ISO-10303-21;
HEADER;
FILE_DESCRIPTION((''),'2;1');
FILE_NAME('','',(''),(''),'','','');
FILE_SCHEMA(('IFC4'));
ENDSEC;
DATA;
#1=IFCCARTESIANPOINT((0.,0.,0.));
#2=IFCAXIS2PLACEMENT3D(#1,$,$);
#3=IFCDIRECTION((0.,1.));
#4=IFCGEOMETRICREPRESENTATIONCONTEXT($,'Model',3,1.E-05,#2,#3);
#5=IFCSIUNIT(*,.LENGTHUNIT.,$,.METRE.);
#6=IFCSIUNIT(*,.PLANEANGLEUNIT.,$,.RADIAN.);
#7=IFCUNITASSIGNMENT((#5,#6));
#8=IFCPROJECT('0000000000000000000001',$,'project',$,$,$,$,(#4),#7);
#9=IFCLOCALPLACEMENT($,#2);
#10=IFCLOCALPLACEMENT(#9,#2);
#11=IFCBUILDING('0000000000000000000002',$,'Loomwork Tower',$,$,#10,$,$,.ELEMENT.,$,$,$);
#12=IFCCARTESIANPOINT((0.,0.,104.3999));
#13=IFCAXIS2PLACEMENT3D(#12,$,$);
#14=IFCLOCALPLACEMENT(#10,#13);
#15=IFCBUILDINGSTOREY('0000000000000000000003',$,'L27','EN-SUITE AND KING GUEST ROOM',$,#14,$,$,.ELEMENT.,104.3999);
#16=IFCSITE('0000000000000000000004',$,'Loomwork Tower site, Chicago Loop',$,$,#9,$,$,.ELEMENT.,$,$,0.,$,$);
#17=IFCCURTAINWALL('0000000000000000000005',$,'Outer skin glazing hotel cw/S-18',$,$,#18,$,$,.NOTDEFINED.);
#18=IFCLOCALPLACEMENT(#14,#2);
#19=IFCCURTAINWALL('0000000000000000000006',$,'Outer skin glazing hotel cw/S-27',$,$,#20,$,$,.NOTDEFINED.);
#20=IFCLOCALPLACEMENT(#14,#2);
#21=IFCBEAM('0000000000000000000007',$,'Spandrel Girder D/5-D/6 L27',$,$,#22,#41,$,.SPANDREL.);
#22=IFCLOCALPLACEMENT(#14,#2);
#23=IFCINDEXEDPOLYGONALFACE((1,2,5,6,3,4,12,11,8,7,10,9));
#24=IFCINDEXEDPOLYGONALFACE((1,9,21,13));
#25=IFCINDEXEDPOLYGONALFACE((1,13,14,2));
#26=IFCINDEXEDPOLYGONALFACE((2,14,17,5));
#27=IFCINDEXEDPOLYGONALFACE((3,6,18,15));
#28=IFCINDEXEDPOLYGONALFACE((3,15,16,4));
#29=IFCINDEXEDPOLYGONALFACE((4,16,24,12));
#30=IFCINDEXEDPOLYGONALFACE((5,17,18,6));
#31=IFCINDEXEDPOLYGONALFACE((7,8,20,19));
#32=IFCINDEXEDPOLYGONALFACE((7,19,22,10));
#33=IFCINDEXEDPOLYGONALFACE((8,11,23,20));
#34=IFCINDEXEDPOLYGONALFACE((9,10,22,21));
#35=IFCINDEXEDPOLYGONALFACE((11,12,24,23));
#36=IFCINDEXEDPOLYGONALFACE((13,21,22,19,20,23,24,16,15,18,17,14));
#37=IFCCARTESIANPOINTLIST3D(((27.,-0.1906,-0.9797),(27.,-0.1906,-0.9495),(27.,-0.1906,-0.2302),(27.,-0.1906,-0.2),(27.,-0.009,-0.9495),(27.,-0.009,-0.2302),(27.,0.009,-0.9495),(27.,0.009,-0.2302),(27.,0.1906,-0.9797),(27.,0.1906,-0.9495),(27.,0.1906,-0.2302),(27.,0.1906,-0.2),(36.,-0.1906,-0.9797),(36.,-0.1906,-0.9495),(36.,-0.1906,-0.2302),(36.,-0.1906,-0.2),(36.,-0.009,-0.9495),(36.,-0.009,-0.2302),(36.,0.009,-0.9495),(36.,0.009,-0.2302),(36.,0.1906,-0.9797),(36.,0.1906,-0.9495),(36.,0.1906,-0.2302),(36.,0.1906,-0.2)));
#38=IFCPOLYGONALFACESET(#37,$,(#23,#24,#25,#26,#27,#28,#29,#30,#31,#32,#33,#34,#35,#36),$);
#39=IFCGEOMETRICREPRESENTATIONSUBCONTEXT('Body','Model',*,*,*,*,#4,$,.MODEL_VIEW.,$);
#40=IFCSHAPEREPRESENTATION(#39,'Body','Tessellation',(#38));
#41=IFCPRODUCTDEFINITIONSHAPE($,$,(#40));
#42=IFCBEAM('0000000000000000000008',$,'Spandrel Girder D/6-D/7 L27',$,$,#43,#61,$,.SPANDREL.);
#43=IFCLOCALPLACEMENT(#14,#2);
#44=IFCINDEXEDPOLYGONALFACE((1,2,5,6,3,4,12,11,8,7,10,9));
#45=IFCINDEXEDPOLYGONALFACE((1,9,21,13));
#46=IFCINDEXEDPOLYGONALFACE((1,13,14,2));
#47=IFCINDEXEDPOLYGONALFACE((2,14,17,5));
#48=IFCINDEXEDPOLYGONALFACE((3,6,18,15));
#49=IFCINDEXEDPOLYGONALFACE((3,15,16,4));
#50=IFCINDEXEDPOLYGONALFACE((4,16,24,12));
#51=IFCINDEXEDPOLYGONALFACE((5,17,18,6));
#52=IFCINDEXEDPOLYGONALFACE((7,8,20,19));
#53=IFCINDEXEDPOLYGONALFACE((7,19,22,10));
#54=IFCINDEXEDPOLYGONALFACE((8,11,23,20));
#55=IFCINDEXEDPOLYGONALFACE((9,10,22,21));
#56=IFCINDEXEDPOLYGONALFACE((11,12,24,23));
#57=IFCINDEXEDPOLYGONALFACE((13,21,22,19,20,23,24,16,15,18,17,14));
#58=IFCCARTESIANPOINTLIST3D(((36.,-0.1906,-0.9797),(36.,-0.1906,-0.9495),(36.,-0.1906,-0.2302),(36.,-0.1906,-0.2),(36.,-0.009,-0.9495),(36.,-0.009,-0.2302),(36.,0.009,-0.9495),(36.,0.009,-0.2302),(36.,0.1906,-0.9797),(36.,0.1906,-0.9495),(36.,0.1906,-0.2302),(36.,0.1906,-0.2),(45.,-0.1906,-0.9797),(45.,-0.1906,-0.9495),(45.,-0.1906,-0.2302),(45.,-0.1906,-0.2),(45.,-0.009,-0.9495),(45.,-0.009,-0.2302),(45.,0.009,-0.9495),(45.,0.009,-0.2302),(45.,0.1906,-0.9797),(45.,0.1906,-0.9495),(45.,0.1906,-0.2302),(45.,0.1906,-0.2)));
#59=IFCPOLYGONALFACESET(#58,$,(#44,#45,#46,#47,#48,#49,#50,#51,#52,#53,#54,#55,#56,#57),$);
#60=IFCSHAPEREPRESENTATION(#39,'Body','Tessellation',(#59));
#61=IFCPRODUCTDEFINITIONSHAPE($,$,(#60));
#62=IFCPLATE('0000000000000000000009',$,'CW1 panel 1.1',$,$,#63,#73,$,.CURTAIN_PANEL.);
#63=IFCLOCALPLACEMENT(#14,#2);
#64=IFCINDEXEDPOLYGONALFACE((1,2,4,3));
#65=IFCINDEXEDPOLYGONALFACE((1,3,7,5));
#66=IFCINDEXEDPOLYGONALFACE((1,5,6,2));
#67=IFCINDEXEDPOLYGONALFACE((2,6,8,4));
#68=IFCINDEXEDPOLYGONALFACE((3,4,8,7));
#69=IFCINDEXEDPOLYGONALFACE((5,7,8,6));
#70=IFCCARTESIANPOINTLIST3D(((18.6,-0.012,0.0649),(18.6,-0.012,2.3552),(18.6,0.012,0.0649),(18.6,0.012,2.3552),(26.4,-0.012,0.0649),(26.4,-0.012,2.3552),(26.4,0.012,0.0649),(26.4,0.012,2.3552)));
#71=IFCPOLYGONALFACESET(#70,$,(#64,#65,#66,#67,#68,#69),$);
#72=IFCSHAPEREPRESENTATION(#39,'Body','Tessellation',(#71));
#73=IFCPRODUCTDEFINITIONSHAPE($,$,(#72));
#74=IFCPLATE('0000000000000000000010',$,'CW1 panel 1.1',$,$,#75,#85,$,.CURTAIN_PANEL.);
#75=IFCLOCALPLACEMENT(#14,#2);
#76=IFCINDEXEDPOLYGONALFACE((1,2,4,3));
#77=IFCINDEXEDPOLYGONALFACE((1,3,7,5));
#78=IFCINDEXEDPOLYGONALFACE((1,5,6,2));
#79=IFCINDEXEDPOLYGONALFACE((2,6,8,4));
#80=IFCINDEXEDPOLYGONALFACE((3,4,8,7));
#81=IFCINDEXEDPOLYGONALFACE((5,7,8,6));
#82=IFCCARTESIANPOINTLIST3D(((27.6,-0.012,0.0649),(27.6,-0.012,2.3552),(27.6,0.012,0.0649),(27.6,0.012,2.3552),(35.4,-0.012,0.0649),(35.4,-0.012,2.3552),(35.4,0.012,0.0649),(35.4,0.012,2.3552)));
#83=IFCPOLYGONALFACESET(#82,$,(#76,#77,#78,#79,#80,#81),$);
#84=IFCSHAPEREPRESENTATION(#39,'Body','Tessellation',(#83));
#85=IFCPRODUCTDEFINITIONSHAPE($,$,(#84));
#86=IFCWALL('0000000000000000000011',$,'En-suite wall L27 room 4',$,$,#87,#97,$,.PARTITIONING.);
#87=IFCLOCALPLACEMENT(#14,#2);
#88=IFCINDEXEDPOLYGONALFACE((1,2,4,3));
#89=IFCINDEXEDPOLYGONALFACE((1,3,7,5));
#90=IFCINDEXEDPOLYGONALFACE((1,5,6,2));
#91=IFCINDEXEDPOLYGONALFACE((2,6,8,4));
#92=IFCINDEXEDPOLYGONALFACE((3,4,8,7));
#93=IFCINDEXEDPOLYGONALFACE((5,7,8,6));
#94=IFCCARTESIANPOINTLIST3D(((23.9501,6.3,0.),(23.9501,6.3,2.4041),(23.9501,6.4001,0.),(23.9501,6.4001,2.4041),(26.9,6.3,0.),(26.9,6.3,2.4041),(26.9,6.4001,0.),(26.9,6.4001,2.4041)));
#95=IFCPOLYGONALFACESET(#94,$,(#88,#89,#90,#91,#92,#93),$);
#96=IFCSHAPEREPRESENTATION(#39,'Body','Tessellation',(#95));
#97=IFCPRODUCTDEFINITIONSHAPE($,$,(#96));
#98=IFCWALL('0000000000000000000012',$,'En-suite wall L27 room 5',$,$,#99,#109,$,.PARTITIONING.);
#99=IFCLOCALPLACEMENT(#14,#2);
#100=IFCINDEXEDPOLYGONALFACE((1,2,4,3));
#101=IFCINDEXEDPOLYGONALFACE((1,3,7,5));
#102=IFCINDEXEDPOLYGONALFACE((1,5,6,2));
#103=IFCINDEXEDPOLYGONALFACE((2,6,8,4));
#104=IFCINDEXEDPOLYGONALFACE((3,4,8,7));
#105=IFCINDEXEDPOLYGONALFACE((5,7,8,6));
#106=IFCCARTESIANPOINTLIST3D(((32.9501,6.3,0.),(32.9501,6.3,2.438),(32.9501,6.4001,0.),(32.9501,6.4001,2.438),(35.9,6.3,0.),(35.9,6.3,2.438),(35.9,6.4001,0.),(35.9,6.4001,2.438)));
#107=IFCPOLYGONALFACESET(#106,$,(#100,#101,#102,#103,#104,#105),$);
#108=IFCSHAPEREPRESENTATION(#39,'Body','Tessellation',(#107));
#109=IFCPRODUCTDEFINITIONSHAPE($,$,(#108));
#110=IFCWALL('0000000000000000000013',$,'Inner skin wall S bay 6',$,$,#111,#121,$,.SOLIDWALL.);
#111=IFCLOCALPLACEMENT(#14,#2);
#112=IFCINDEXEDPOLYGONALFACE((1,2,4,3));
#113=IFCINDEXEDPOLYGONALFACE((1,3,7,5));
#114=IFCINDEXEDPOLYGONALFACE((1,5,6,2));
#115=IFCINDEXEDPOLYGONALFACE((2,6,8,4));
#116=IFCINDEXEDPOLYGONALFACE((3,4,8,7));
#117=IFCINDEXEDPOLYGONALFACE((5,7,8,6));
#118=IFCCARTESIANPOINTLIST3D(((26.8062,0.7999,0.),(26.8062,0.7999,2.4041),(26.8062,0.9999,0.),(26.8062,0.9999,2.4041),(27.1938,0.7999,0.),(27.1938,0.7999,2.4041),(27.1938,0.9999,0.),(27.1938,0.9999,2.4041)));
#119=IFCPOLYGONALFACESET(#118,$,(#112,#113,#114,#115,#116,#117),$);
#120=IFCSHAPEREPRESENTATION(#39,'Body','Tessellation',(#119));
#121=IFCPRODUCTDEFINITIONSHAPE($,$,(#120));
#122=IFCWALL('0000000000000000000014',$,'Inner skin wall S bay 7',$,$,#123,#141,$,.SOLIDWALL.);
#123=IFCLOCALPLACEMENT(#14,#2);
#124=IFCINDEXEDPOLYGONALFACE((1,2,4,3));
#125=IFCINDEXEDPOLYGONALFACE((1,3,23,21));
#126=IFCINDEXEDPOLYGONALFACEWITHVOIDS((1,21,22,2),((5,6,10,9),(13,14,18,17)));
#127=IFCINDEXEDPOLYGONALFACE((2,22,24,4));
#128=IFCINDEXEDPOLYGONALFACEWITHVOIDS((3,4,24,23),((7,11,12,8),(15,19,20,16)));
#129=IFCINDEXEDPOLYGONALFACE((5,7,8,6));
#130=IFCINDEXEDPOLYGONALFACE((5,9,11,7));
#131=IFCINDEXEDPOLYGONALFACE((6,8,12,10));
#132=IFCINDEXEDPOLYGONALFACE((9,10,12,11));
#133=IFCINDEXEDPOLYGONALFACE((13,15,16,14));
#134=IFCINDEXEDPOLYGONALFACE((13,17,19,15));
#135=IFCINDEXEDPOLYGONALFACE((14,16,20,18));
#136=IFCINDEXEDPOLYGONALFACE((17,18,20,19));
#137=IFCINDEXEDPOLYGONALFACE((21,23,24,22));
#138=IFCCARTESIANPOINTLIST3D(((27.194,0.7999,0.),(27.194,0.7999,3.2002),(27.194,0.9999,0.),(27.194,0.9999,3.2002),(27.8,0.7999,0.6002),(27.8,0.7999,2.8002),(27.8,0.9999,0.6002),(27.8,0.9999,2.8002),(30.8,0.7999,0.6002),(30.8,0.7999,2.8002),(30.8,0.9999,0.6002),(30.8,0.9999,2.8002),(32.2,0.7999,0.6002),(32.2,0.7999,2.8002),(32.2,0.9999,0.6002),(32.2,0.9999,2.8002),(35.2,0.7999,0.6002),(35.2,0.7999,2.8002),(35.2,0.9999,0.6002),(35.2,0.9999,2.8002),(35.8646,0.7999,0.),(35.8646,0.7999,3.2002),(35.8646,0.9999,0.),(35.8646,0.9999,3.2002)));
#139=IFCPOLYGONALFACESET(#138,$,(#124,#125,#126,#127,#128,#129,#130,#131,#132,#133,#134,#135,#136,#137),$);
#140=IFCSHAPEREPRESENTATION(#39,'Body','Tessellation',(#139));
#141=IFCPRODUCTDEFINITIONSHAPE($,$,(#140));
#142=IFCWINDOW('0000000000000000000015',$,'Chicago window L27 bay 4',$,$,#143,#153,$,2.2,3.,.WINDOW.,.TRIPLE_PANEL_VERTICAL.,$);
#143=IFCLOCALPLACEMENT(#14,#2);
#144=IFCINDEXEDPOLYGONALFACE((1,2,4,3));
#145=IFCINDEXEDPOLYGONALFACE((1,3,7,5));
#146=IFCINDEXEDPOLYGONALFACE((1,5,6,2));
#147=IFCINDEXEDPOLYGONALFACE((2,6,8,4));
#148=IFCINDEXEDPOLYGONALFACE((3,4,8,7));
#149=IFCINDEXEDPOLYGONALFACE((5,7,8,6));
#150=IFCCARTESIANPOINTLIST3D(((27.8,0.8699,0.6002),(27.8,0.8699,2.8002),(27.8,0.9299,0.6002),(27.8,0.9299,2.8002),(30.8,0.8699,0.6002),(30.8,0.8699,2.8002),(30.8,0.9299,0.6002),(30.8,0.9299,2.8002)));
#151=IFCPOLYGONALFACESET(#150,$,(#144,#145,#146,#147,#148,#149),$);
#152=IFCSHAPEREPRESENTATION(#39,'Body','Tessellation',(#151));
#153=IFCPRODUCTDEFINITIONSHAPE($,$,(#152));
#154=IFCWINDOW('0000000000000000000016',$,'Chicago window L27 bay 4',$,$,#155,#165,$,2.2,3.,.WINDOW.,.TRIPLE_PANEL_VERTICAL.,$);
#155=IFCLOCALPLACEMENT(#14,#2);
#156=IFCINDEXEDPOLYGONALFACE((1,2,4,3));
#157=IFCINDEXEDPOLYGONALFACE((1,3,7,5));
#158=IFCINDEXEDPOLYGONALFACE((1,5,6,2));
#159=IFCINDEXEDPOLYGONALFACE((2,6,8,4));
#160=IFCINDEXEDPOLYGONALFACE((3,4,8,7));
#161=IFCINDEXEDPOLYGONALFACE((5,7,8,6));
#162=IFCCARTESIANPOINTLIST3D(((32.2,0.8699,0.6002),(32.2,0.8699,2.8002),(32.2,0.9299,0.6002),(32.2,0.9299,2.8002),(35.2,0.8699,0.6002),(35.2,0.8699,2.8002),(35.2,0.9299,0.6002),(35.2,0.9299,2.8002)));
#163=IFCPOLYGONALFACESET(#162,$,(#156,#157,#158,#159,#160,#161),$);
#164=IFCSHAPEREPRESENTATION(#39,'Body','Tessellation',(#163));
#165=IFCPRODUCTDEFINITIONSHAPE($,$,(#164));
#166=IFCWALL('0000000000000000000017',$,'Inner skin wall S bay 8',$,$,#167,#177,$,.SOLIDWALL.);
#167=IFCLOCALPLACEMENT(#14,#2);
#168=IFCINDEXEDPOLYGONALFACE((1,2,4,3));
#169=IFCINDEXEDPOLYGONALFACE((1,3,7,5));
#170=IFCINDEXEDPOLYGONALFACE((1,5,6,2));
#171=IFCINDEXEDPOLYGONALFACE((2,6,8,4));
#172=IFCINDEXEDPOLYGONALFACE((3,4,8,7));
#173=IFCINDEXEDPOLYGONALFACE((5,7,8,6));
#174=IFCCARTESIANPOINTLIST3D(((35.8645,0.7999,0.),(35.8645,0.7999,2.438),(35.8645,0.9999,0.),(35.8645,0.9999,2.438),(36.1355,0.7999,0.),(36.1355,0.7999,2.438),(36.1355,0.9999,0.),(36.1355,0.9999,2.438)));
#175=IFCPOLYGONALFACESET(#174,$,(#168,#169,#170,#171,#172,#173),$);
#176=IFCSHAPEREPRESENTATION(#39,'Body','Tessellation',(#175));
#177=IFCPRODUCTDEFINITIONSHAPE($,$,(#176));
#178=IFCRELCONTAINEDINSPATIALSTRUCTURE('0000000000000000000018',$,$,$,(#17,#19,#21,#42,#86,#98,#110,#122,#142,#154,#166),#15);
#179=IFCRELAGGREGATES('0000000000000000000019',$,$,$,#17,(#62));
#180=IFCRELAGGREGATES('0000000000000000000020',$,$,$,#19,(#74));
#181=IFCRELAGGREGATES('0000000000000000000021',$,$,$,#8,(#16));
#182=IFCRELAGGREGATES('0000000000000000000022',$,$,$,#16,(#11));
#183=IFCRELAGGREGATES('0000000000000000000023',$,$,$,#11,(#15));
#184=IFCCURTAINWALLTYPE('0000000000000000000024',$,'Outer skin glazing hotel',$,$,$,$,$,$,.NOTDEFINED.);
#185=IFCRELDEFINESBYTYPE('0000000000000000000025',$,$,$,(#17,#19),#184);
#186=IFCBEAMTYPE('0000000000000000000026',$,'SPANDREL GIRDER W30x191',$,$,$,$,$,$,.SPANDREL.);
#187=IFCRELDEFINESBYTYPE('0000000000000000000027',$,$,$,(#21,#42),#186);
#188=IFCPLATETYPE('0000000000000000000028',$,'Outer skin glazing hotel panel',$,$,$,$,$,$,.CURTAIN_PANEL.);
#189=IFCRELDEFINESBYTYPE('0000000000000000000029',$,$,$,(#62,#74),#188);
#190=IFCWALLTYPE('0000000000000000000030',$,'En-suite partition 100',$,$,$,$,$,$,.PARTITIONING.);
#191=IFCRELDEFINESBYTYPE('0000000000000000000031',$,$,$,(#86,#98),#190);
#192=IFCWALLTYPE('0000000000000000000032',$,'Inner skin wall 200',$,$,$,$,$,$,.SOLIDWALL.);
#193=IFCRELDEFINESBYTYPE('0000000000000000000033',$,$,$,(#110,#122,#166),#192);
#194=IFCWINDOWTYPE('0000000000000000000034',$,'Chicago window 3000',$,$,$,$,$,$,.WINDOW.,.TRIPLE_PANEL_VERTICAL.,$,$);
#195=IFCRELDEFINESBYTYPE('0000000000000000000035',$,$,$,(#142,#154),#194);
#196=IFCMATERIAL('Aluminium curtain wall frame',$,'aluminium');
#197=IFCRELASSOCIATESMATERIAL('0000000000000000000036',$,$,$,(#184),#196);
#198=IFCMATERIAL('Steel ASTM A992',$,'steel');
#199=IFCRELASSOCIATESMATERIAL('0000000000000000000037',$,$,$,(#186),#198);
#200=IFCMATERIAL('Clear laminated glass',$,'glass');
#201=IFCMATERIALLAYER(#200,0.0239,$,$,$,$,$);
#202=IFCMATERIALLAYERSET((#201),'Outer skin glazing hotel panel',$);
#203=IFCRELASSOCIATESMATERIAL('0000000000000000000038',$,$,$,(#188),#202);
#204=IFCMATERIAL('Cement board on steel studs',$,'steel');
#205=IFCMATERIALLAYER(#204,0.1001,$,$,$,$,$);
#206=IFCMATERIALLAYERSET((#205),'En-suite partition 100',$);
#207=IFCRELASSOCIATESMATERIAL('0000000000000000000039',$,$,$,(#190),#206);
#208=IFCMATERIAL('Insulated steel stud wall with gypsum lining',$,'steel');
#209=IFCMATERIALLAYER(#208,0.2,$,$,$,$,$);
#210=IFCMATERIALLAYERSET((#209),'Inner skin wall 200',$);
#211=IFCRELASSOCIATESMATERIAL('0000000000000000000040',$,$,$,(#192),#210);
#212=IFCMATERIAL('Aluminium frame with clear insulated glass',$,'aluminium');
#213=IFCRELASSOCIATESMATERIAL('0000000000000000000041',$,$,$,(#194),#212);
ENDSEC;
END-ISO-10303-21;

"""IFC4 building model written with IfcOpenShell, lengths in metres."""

from ifc_helpers import new_model, si_unit, direction, frame, frame_2d, origin, origin_2d, place, context, subcontext, project, spatial, rectangle, i_section, extrude, material, layer, layer_set, material_profile, profile_set, type_object, element, fill, aggregate, save


model = new_model("IFC4")

# Units and contexts
model_context = context("Model", 3, precision=1e-05, world=origin(), true_north=direction((0.0, 1.0)))
body_context = subcontext(model_context, "Body", "Model", "MODEL_VIEW")
ifc_project = project(units=[si_unit("LENGTHUNIT", "METRE"), si_unit("PLANEANGLEUNIT", "RADIAN")], contexts=[model_context])

# Site, building, storey
site_placement = place(None, origin())
site = spatial("IfcSite", under=ifc_project, at=site_placement, Name="Loomwork Tower site, Chicago Loop", CompositionType="ELEMENT", RefElevation=0.0)
building_placement = place(site_placement, origin())
building = spatial("IfcBuilding", under=site, at=building_placement, Name="Loomwork Tower", CompositionType="ELEMENT")
storey_placement = place(building_placement, frame((0.0, 0.0, 104.3999)))
storey = spatial("IfcBuildingStorey", under=building, at=storey_placement, Name="L27", Description="EN-SUITE AND KING GUEST ROOM", CompositionType="ELEMENT", Elevation=104.3999)

# Curtain wall
ifc_material_1 = material(Name="Aluminium curtain wall frame", Category="aluminium")
curtain_wall_type = type_object("IfcCurtainWallType", Name="Outer skin glazing hotel", PredefinedType="NOTDEFINED", material=ifc_material_1)
curtain_wall_1_placement = place(storey_placement, origin())
curtain_wall_1 = element("IfcCurtainWall", 1, at=curtain_wall_1_placement, inside=storey, type_object=curtain_wall_type, Name="Outer skin glazing hotel cw/S-18", PredefinedType="NOTDEFINED")

# Curtain wall
curtain_wall_2_placement = place(storey_placement, origin())
curtain_wall_2 = element("IfcCurtainWall", 2, at=curtain_wall_2_placement, inside=storey, type_object=curtain_wall_type, Name="Outer skin glazing hotel cw/S-27", PredefinedType="NOTDEFINED")

# Beams
ifc_material_2 = material(Name="Steel ASTM A992", Category="steel")
ifc_material_profile_1 = material_profile(ifc_material_2, i_section(OverallWidth=0.3811, OverallDepth=0.7798, WebThickness=0.0181, FlangeThickness=0.0303, at=origin_2d()), Name="W30x191")
ifc_profile_set_1 = profile_set([ifc_material_profile_1], Name="Steel ASTM A992")
beam_type_1 = type_object("IfcBeamType", Name="SPANDREL GIRDER W30x191", PredefinedType="SPANDREL", material=ifc_profile_set_1)
for number, where, z_axis, x_axis, name in (
    (3, (27.0, 0.0, -0.5898), (1.0, 0.0, 0.0), (0.0, 1.0, 0.0), "Spandrel Girder D/5-D/6 L27"),
    (4, (36.0, 0.0, -0.5898), (1.0, 0.0, 0.0), (0.0, 1.0, 0.0), "Spandrel Girder D/6-D/7 L27"),
):
    element("IfcBeam", number, at=place(storey_placement, frame(where, z_axis=z_axis, x_axis=x_axis)), inside=storey, type_object=beam_type_1, Name=name, PredefinedType="SPANDREL", context=body_context, shape_type="SweptSolid", body=[
        extrude(i_section(OverallWidth=0.3811, OverallDepth=0.7798, WebThickness=0.0181, FlangeThickness=0.0303, at=origin_2d()), origin(), (0.0, 0.0, 1.0), 9.0),
    ])

# Plates
ifc_material_3 = material(Name="Clear laminated glass", Category="glass")
ifc_layer_1 = layer(ifc_material_3, 0.0239)
ifc_layer_set_1 = layer_set([ifc_layer_1], Name="Outer skin glazing hotel panel")
plate_type = type_object("IfcPlateType", Name="Outer skin glazing hotel panel", PredefinedType="CURTAIN_PANEL", material=ifc_layer_set_1)
plate_1_placement = place(storey_placement, frame((22.5, 0.0, 0.0649), z_axis=(0.0, 0.0, 1.0), x_axis=(1.0, 0.0, 0.0)))
plate_1 = element("IfcPlate", 5, at=plate_1_placement, type_object=plate_type, Name="CW1 panel 1.1", PredefinedType="CURTAIN_PANEL", context=body_context, shape_type="SweptSolid", body=[
    extrude(rectangle(XDim=7.8, YDim=0.0239, at=origin_2d()), origin(), (0.0, 0.0, 1.0), 2.2903),
])
aggregate(curtain_wall_1, [plate_1])
plate_2_placement = place(storey_placement, frame((31.5, 0.0, 0.0649), z_axis=(0.0, 0.0, 1.0), x_axis=(1.0, 0.0, 0.0)))
plate_2 = element("IfcPlate", 6, at=plate_2_placement, type_object=plate_type, Name="CW1 panel 1.1", PredefinedType="CURTAIN_PANEL", context=body_context, shape_type="SweptSolid", body=[
    extrude(rectangle(XDim=7.8, YDim=0.0239, at=origin_2d()), origin(), (0.0, 0.0, 1.0), 2.2903),
])
aggregate(curtain_wall_2, [plate_2])

# Walls
ifc_material_4 = material(Name="Cement board on steel studs", Category="steel")
ifc_layer_2 = layer(ifc_material_4, 0.1001)
ifc_layer_set_2 = layer_set([ifc_layer_2], Name="En-suite partition 100")
wall_type_1 = type_object("IfcWallType", Name="En-suite partition 100", PredefinedType="PARTITIONING", material=ifc_layer_set_2)
wall_1_placement = place(storey_placement, frame((23.95, 6.3501, 0.0), z_axis=(0.0, 0.0, 1.0), x_axis=(1.0, 0.0, 0.0)))
element("IfcWall", 7, at=wall_1_placement, inside=storey, type_object=wall_type_1, Name="En-suite wall L27 room 4", PredefinedType="PARTITIONING", context=body_context, shape_type="SweptSolid", body=[
    extrude(rectangle(XDim=2.95, YDim=0.1001, at=frame_2d((1.4751, 0.0))), origin(), (0.0, 0.0, 1.0), 2.4041),
])
wall_2_placement = place(storey_placement, frame((32.95, 6.3501, 0.0), z_axis=(0.0, 0.0, 1.0), x_axis=(1.0, 0.0, 0.0)))
element("IfcWall", 8, at=wall_2_placement, inside=storey, type_object=wall_type_1, Name="En-suite wall L27 room 5", PredefinedType="PARTITIONING", context=body_context, shape_type="SweptSolid", body=[
    extrude(rectangle(XDim=2.95, YDim=0.1001, at=frame_2d((1.4751, 0.0))), origin(), (0.0, 0.0, 1.0), 2.438),
])
ifc_material_5 = material(Name="Insulated steel stud wall with gypsum lining", Category="steel")
ifc_layer_3 = layer(ifc_material_5, 0.2)
ifc_layer_set_3 = layer_set([ifc_layer_3], Name="Inner skin wall 200")
wall_type_2 = type_object("IfcWallType", Name="Inner skin wall 200", PredefinedType="SOLIDWALL", material=ifc_layer_set_3)
wall_3_placement = place(storey_placement, frame((26.8062, 0.8999, 0.0), z_axis=(0.0, 0.0, 1.0), x_axis=(1.0, 0.0, 0.0)))
element("IfcWall", 9, at=wall_3_placement, inside=storey, type_object=wall_type_2, Name="Inner skin wall S bay 6", PredefinedType="SOLIDWALL", context=body_context, shape_type="SweptSolid", body=[
    extrude(rectangle(XDim=0.3877, YDim=0.2, at=frame_2d((0.1938, 0.0))), origin(), (0.0, 0.0, 1.0), 2.4041),
])

# Wall, openings, windows
wall_4_placement = place(storey_placement, frame((27.1938, 0.8999, 0.0), z_axis=(0.0, 0.0, 1.0), x_axis=(1.0, 0.0, 0.0)))
wall_4 = element("IfcWall", 10, at=wall_4_placement, inside=storey, type_object=wall_type_2, Name="Inner skin wall S bay 7", PredefinedType="SOLIDWALL", context=body_context, shape_type="SweptSolid", body=[
    extrude(rectangle(XDim=8.6707, YDim=0.2, at=frame_2d((4.3354, 0.0))), origin(), (0.0, 0.0, 1.0), 3.2002),
])
opening_1_placement = place(wall_4_placement, frame((0.6062, 0.0, 0.6001)))
opening_1 = element("IfcOpeningElement", 11, at=opening_1_placement, cuts=wall_4, PredefinedType="OPENING", context=body_context, shape_type="SweptSolid", body=[
    extrude(rectangle(XDim=3.0, YDim=2.2, at=frame_2d((1.5, 1.1001))), frame((0.0, 0.1099, 0.0), z_axis=(0.0, -1.0, 0.0), x_axis=(1.0, 0.0, 0.0)), (0.0, 0.0, 1.0), 0.22),
])
opening_2_placement = place(wall_4_placement, frame((5.0061, 0.0, 0.6001)))
opening_2 = element("IfcOpeningElement", 12, at=opening_2_placement, cuts=wall_4, PredefinedType="OPENING", context=body_context, shape_type="SweptSolid", body=[
    extrude(rectangle(XDim=3.0, YDim=2.2, at=frame_2d((1.5, 1.1001))), frame((0.0, 0.1099, 0.0), z_axis=(0.0, -1.0, 0.0), x_axis=(1.0, 0.0, 0.0)), (0.0, 0.0, 1.0), 0.22),
])
ifc_material_6 = material(Name="Aluminium frame with clear insulated glass", Category="aluminium")
window_type = type_object("IfcWindowType", Name="Chicago window 3000", PartitioningType="TRIPLE_PANEL_VERTICAL", PredefinedType="WINDOW", material=ifc_material_6)
window_1_placement = place(opening_1_placement, origin())
window_1 = element("IfcWindow", 13, at=window_1_placement, inside=storey, type_object=window_type, Name="Chicago window L27 bay 4", OverallHeight=2.2, OverallWidth=3.0, PartitioningType="TRIPLE_PANEL_VERTICAL", PredefinedType="WINDOW", context=body_context, shape_type="SweptSolid", body=[
    extrude(rectangle(XDim=3.0, YDim=2.2, at=frame_2d((1.5, 1.1001))), frame((0.0, 0.03, 0.0), z_axis=(0.0, -1.0, 0.0), x_axis=(1.0, 0.0, 0.0)), (0.0, 0.0, 1.0), 0.0601),
])
fill(opening_1, window_1)
window_2_placement = place(opening_2_placement, origin())
window_2 = element("IfcWindow", 14, at=window_2_placement, inside=storey, type_object=window_type, Name="Chicago window L27 bay 4", OverallHeight=2.2, OverallWidth=3.0, PartitioningType="TRIPLE_PANEL_VERTICAL", PredefinedType="WINDOW", context=body_context, shape_type="SweptSolid", body=[
    extrude(rectangle(XDim=3.0, YDim=2.2, at=frame_2d((1.5, 1.1001))), frame((0.0, 0.03, 0.0), z_axis=(0.0, -1.0, 0.0), x_axis=(1.0, 0.0, 0.0)), (0.0, 0.0, 1.0), 0.0601),
])
fill(opening_2, window_2)

# Wall
wall_5_placement = place(storey_placement, frame((35.8645, 0.8999, 0.0), z_axis=(0.0, 0.0, 1.0), x_axis=(1.0, 0.0, 0.0)))
element("IfcWall", 15, at=wall_5_placement, inside=storey, type_object=wall_type_2, Name="Inner skin wall S bay 8", PredefinedType="SOLIDWALL", context=body_context, shape_type="SweptSolid", body=[
    extrude(rectangle(XDim=0.271, YDim=0.2, at=frame_2d((0.1355, 0.0))), origin(), (0.0, 0.0, 1.0), 2.438),
])

save(model, "model.ifc")
